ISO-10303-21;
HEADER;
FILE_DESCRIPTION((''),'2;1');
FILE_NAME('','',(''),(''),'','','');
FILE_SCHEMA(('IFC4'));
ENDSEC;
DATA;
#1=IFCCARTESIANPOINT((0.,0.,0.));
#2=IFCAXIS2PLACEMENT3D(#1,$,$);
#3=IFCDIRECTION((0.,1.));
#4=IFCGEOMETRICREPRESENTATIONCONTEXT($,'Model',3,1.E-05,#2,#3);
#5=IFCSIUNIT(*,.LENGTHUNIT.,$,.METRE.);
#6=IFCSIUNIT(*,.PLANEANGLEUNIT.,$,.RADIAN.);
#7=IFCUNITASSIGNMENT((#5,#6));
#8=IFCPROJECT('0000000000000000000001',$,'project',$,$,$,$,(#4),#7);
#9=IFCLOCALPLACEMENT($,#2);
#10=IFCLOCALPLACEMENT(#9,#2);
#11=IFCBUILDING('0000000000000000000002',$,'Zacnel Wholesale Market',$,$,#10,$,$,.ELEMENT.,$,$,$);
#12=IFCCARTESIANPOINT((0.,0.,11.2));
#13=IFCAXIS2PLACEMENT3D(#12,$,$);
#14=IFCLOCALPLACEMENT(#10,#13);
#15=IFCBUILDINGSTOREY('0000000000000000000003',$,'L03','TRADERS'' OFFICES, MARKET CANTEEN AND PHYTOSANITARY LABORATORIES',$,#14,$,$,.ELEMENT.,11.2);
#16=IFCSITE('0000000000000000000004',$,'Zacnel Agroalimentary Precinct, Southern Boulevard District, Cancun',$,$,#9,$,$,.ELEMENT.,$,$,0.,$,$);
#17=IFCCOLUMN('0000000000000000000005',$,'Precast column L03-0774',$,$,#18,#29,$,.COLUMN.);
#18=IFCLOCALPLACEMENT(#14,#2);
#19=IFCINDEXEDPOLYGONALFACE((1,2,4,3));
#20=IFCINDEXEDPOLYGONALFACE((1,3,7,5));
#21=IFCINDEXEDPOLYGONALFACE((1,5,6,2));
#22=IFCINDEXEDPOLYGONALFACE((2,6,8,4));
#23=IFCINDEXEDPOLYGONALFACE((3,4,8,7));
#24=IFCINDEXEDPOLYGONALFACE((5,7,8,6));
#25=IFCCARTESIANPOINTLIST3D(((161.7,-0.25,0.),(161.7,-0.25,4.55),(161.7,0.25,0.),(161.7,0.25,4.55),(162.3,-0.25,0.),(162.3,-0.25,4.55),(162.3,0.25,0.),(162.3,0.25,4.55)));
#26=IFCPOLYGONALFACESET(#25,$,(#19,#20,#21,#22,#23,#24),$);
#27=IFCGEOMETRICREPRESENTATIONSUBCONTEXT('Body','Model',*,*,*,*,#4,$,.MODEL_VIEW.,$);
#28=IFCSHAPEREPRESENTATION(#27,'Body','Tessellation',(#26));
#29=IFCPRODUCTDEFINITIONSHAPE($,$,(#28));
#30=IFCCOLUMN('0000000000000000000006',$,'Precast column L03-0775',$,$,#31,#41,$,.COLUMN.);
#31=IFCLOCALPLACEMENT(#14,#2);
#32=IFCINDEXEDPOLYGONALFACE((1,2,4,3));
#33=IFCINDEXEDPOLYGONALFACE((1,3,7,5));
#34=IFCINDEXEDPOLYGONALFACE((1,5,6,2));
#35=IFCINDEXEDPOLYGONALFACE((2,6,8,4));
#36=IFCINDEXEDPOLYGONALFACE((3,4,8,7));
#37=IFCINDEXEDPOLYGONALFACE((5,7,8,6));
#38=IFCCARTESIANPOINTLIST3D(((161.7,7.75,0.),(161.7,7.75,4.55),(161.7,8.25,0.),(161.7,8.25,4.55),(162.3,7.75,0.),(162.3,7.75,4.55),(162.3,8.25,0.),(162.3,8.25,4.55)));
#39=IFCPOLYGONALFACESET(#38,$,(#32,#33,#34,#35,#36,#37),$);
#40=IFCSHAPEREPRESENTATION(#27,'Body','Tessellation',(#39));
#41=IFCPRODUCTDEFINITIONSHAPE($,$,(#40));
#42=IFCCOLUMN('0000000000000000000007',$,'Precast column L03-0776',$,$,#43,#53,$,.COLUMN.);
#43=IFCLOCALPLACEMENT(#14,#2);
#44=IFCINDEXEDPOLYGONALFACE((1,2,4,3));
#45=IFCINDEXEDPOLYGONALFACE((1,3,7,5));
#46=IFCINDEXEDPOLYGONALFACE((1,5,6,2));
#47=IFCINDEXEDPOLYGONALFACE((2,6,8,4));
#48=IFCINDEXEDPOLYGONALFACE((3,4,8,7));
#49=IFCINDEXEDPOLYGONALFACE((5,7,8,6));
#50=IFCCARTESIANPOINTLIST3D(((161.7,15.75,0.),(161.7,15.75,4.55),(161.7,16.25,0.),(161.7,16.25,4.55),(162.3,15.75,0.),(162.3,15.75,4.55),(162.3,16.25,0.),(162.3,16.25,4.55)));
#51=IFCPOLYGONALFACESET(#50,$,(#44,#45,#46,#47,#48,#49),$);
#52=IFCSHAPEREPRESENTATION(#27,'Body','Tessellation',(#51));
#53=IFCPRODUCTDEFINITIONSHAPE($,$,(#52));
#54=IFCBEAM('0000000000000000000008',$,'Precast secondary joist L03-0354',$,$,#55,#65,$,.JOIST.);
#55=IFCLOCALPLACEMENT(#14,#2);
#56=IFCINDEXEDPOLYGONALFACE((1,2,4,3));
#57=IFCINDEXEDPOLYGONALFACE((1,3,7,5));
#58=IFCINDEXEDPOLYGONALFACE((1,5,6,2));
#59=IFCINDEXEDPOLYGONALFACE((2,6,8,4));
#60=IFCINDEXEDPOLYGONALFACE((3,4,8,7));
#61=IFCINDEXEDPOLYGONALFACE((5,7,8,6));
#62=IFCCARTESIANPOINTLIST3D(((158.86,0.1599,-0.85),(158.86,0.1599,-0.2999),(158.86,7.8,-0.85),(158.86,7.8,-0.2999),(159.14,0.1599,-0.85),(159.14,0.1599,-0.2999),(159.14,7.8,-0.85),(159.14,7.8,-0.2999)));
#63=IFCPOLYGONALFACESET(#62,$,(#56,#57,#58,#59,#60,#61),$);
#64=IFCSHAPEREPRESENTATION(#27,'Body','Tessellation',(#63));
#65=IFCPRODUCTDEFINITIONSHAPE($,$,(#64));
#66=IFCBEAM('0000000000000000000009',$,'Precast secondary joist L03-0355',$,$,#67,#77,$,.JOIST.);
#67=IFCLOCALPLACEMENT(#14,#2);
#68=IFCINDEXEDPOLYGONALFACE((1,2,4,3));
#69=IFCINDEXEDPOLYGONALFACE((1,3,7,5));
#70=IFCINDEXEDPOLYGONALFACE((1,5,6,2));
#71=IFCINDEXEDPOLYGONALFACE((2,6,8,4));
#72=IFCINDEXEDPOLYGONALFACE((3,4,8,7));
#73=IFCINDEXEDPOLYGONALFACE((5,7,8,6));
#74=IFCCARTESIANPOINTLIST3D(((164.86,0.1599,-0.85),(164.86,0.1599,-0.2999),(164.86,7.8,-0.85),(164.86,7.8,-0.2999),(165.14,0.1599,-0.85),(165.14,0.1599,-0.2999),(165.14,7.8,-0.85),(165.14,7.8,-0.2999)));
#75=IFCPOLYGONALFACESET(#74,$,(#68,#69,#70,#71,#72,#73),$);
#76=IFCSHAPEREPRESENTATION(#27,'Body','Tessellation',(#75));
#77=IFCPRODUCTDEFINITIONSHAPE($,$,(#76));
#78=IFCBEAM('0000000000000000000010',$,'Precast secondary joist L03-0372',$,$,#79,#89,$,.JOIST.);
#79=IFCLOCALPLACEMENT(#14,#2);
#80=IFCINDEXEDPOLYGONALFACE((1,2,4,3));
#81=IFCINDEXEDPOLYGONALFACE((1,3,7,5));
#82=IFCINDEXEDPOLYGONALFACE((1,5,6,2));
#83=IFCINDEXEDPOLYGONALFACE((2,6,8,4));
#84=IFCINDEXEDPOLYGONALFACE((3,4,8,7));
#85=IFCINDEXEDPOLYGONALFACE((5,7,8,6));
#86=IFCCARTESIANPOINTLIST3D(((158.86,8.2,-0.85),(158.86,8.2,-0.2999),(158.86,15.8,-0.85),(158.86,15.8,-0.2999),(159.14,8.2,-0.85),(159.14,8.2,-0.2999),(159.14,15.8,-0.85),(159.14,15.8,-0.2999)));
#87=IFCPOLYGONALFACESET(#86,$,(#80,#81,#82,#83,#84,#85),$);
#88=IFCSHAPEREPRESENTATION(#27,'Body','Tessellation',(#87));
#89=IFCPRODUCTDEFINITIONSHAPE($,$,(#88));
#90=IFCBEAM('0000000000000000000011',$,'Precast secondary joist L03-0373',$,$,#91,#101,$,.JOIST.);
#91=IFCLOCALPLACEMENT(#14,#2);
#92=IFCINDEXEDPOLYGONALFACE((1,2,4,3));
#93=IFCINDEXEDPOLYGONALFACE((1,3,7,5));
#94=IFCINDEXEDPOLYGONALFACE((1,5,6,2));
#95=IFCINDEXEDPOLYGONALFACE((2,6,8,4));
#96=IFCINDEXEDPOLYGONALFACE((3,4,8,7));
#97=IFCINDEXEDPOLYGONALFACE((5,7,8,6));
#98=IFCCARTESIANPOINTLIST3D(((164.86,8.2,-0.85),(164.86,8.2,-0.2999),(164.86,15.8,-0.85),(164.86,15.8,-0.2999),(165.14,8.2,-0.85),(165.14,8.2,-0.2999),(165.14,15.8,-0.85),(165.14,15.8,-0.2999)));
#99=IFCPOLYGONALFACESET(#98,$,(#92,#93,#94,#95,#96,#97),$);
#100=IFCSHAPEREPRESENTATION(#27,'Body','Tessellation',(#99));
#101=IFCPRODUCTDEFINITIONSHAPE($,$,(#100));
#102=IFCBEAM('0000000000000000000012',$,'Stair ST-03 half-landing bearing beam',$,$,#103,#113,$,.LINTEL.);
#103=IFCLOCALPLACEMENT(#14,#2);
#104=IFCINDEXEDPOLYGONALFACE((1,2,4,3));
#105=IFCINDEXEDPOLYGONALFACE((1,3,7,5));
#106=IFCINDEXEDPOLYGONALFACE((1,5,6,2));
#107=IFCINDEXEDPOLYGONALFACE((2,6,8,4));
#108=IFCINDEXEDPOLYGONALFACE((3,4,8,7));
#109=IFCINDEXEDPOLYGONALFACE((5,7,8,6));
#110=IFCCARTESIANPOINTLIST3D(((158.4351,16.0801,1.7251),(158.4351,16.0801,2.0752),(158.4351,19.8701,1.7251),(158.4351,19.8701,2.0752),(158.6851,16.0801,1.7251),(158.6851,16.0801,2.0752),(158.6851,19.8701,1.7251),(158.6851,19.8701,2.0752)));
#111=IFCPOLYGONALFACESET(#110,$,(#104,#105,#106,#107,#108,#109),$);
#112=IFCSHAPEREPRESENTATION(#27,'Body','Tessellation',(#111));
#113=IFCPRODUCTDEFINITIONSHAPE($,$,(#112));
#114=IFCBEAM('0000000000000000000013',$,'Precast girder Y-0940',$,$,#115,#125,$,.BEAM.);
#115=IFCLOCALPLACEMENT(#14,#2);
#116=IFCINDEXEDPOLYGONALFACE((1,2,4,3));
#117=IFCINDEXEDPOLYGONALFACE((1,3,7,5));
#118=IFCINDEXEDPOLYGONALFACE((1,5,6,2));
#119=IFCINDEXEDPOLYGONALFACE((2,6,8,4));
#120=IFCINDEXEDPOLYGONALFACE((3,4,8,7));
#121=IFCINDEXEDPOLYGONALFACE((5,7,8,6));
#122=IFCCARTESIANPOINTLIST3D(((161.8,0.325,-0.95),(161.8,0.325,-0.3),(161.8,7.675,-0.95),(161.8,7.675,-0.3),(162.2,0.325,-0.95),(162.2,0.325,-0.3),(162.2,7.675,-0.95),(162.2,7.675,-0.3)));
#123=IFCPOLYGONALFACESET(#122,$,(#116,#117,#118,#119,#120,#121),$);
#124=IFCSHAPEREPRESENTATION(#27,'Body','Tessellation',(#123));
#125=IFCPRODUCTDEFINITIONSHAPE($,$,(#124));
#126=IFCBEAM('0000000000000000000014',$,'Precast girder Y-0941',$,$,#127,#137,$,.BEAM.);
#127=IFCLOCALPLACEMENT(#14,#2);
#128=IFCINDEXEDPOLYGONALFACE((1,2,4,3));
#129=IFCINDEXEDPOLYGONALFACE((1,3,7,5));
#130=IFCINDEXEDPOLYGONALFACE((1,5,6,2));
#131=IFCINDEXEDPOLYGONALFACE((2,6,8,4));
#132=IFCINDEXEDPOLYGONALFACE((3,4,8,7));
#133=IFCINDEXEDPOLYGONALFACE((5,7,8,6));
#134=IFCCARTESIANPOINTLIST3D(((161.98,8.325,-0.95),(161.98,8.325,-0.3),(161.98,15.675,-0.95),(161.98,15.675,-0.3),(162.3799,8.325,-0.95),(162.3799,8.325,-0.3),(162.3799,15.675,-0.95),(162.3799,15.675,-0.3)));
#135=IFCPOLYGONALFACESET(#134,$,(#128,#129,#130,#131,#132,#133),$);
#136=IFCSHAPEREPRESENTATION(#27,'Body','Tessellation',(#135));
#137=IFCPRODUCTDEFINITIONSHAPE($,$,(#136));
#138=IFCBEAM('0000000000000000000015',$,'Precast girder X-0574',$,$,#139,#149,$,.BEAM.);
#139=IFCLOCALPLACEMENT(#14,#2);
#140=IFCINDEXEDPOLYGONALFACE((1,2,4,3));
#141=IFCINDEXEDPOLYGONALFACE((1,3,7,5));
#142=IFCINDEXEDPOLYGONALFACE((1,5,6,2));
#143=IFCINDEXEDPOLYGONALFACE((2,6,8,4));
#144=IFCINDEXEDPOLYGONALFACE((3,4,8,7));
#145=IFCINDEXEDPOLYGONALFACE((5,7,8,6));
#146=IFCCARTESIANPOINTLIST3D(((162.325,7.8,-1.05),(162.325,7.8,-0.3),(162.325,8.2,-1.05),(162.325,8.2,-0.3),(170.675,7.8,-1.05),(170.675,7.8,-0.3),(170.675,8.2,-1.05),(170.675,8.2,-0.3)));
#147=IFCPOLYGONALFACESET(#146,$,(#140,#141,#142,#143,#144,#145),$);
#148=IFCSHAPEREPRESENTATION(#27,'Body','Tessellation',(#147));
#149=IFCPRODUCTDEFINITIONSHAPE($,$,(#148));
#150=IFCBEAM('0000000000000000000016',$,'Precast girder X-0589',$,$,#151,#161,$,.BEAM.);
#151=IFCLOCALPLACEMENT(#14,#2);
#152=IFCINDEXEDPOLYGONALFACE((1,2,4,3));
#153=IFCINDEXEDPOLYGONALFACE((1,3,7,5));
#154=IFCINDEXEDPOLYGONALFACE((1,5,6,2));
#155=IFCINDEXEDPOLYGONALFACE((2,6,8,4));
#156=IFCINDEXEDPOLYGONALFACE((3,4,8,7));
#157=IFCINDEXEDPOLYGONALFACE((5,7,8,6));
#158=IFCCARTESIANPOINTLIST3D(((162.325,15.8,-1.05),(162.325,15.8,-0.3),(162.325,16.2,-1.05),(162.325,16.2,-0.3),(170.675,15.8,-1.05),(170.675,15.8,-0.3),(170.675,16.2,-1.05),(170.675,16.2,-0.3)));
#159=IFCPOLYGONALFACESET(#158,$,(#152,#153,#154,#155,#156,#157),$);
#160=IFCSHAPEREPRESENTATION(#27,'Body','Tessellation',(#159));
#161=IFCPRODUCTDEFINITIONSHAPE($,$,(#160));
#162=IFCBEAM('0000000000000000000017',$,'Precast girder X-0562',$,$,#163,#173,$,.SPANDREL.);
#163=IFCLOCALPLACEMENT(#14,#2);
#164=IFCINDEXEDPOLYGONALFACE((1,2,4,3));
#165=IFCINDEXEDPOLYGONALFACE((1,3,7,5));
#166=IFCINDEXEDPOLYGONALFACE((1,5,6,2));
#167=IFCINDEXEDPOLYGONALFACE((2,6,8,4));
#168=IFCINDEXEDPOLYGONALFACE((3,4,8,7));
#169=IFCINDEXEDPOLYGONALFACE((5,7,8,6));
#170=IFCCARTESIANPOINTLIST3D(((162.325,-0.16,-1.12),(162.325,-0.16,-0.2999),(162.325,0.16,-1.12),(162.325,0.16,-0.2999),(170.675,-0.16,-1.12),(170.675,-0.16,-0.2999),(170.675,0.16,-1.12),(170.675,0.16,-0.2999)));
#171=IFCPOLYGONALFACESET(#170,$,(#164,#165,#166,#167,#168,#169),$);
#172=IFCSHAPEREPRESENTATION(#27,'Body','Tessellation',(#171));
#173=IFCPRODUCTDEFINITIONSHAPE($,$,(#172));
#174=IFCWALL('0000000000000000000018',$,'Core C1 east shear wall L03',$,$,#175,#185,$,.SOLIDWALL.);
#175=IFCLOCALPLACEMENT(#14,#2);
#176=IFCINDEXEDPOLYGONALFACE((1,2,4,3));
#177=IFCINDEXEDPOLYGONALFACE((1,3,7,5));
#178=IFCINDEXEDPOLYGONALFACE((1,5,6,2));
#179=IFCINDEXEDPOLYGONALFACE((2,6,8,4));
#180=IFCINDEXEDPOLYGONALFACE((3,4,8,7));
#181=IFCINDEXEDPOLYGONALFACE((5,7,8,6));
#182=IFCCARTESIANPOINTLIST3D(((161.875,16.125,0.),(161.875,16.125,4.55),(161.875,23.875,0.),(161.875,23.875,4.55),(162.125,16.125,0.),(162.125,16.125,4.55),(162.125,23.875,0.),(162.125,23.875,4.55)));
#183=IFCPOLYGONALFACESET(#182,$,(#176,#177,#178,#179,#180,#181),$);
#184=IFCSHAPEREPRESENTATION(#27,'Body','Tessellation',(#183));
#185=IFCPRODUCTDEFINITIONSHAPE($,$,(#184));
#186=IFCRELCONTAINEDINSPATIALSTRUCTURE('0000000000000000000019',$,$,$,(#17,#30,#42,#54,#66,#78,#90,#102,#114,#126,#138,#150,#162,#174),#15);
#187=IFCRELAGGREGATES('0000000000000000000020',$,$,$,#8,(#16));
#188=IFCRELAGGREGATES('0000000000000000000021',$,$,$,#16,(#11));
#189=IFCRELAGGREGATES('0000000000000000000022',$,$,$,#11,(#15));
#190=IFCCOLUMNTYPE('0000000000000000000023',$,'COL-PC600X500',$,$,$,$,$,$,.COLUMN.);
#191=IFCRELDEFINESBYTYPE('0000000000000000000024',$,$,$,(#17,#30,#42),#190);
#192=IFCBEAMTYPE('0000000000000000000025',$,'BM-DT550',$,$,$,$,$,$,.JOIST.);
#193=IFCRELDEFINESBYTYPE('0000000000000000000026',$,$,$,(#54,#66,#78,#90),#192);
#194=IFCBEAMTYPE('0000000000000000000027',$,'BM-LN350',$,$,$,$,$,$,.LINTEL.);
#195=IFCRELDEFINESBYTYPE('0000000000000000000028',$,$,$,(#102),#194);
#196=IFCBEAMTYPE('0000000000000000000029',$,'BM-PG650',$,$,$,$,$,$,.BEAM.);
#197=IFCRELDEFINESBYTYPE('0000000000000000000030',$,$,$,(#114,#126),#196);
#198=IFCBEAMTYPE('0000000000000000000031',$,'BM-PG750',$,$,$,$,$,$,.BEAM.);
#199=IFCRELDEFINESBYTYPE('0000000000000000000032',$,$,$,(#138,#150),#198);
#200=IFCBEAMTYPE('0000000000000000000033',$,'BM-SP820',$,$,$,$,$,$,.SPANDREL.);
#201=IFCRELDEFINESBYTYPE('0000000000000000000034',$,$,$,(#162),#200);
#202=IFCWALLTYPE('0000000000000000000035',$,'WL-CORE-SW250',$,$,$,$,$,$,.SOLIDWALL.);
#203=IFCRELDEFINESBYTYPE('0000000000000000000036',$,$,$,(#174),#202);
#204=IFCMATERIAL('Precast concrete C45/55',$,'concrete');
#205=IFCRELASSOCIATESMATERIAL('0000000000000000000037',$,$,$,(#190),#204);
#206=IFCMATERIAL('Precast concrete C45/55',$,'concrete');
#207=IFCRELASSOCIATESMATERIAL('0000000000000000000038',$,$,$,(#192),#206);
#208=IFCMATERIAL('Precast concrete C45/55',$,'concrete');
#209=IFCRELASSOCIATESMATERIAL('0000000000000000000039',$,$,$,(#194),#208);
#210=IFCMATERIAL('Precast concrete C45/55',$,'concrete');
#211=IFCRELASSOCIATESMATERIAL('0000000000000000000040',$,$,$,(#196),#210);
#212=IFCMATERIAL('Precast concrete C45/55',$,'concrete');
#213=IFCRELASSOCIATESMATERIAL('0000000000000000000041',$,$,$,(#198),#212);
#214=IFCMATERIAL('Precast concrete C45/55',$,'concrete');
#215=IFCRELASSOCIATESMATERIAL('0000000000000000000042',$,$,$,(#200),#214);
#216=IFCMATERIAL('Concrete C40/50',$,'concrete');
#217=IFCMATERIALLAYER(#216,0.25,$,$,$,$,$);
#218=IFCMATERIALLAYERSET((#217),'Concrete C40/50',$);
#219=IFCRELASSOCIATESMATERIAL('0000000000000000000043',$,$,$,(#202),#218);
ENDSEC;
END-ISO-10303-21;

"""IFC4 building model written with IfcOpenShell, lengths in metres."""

from ifc_helpers import new_model, si_unit, direction, frame, frame_2d, origin, origin_2d, place, context, subcontext, project, spatial, rectangle, extrude, material, layer, layer_set, material_profile, profile_set, type_object, element, save


model = new_model("IFC4")

# Units and contexts
model_context = context("Model", 3, precision=1e-05, world=origin(), true_north=direction((0.0, 1.0)))
body_context = subcontext(model_context, "Body", "Model", "MODEL_VIEW")
ifc_project = project(units=[si_unit("LENGTHUNIT", "METRE"), si_unit("PLANEANGLEUNIT", "RADIAN")], contexts=[model_context])

# Site, building, storey
site_placement = place(None, origin())
site = spatial("IfcSite", under=ifc_project, at=site_placement, Name="Zacnel Agroalimentary Precinct, Southern Boulevard District, Cancun", CompositionType="ELEMENT", RefElevation=0.0)
building_placement = place(site_placement, origin())
building = spatial("IfcBuilding", under=site, at=building_placement, Name="Zacnel Wholesale Market", CompositionType="ELEMENT")
storey_placement = place(building_placement, frame((0.0, 0.0, 11.2)))
storey = spatial("IfcBuildingStorey", under=building, at=storey_placement, Name="L03", Description="TRADERS' OFFICES, MARKET CANTEEN AND PHYTOSANITARY LABORATORIES", CompositionType="ELEMENT", Elevation=11.2)

# Columns
ifc_material_1 = material(Name="Precast concrete C45/55", Category="concrete")
ifc_material_profile_1 = material_profile(ifc_material_1, rectangle(XDim=0.6001, YDim=0.5, at=origin_2d()), Name="PC 600x500")
ifc_profile_set_1 = profile_set([ifc_material_profile_1], Name="Precast concrete C45/55")
column_type = type_object("IfcColumnType", Name="COL-PC600X500", PredefinedType="COLUMN", material=ifc_profile_set_1)
for number, where, z_axis, x_axis, name in (
    (1, (162.0, 0.0, 0.0), (0.0, 0.0, 1.0), (1.0, 0.0, 0.0), "Precast column L03-0774"),
    (2, (162.0, 8.0, 0.0), (0.0, 0.0, 1.0), (1.0, 0.0, 0.0), "Precast column L03-0775"),
    (3, (162.0, 16.0, 0.0), (0.0, 0.0, 1.0), (1.0, 0.0, 0.0), "Precast column L03-0776"),
):
    element("IfcColumn", number, at=place(storey_placement, frame(where, z_axis=z_axis, x_axis=x_axis)), inside=storey, type_object=column_type, Name=name, PredefinedType="COLUMN", context=body_context, shape_type="SweptSolid", body=[
        extrude(rectangle(XDim=0.6001, YDim=0.5, at=origin_2d()), origin(), (0.0, 0.0, 1.0), 4.55),
    ])

# Beams
ifc_material_2 = material(Name="Precast concrete C45/55", Category="concrete")
ifc_material_profile_2 = material_profile(ifc_material_2, rectangle(XDim=0.28, YDim=0.55, at=origin_2d()), Name="DT RIB 280x550")
ifc_profile_set_2 = profile_set([ifc_material_profile_2], Name="Precast concrete C45/55")
beam_type_1 = type_object("IfcBeamType", Name="BM-DT550", PredefinedType="JOIST", material=ifc_profile_set_2)
for number, where, z_axis, x_axis, name in (
    (4, (159.0, 0.1599, -0.575), (0.0, 1.0, 0.0), (-1.0, 0.0, 0.0), "Precast secondary joist L03-0354"),
    (5, (165.0, 0.1599, -0.575), (0.0, 1.0, 0.0), (-1.0, 0.0, 0.0), "Precast secondary joist L03-0355"),
):
    element("IfcBeam", number, at=place(storey_placement, frame(where, z_axis=z_axis, x_axis=x_axis)), inside=storey, type_object=beam_type_1, Name=name, PredefinedType="JOIST", context=body_context, shape_type="SweptSolid", body=[
        extrude(rectangle(XDim=0.28, YDim=0.55, at=origin_2d()), origin(), (0.0, 0.0, 1.0), 7.6401),
    ])
for number, where, z_axis, x_axis, name in (
    (6, (159.0, 8.2, -0.575), (0.0, 1.0, 0.0), (-1.0, 0.0, 0.0), "Precast secondary joist L03-0372"),
    (7, (165.0, 8.2, -0.575), (0.0, 1.0, 0.0), (-1.0, 0.0, 0.0), "Precast secondary joist L03-0373"),
):
    element("IfcBeam", number, at=place(storey_placement, frame(where, z_axis=z_axis, x_axis=x_axis)), inside=storey, type_object=beam_type_1, Name=name, PredefinedType="JOIST", context=body_context, shape_type="SweptSolid", body=[
        extrude(rectangle(XDim=0.28, YDim=0.55, at=origin_2d()), origin(), (0.0, 0.0, 1.0), 7.6001),
    ])
ifc_material_3 = material(Name="Precast concrete C45/55", Category="concrete")
ifc_material_profile_3 = material_profile(ifc_material_3, rectangle(XDim=0.25, YDim=0.3501, at=origin_2d()), Name="LN 250x350")
ifc_profile_set_3 = profile_set([ifc_material_profile_3], Name="Precast concrete C45/55")
beam_type_2 = type_object("IfcBeamType", Name="BM-LN350", PredefinedType="LINTEL", material=ifc_profile_set_3)
beam_1_placement = place(storey_placement, frame((158.5601, 16.0801, 1.9001), z_axis=(0.0, 1.0, 0.0), x_axis=(-1.0, 0.0, 0.0)))
element("IfcBeam", 8, at=beam_1_placement, inside=storey, type_object=beam_type_2, Name="Stair ST-03 half-landing bearing beam", PredefinedType="LINTEL", context=body_context, shape_type="SweptSolid", body=[
    extrude(rectangle(XDim=0.25, YDim=0.3501, at=origin_2d()), origin(), (0.0, 0.0, 1.0), 3.79),
])
ifc_material_4 = material(Name="Precast concrete C45/55", Category="concrete")
ifc_material_profile_4 = material_profile(ifc_material_4, rectangle(XDim=0.3999, YDim=0.6499, at=origin_2d()), Name="PG 400x650")
ifc_profile_set_4 = profile_set([ifc_material_profile_4], Name="Precast concrete C45/55")
beam_type_3 = type_object("IfcBeamType", Name="BM-PG650", PredefinedType="BEAM", material=ifc_profile_set_4)
for number, where, z_axis, x_axis, name in (
    (9, (162.0, 0.325, -0.625), (0.0, 1.0, 0.0), (-1.0, 0.0, 0.0), "Precast girder Y-0940"),
    (10, (162.1799, 8.325, -0.625), (0.0, 1.0, 0.0), (-1.0, 0.0, 0.0), "Precast girder Y-0941"),
):
    element("IfcBeam", number, at=place(storey_placement, frame(where, z_axis=z_axis, x_axis=x_axis)), inside=storey, type_object=beam_type_3, Name=name, PredefinedType="BEAM", context=body_context, shape_type="SweptSolid", body=[
        extrude(rectangle(XDim=0.3999, YDim=0.6499, at=origin_2d()), origin(), (0.0, 0.0, 1.0), 7.3501),
    ])
ifc_material_5 = material(Name="Precast concrete C45/55", Category="concrete")
ifc_material_profile_5 = material_profile(ifc_material_5, rectangle(XDim=0.3999, YDim=0.75, at=origin_2d()), Name="PG 400x750")
ifc_profile_set_5 = profile_set([ifc_material_profile_5], Name="Precast concrete C45/55")
beam_type_4 = type_object("IfcBeamType", Name="BM-PG750", PredefinedType="BEAM", material=ifc_profile_set_5)
for number, where, z_axis, x_axis, name in (
    (11, (162.325, 8.0, -0.675), (1.0, 0.0, 0.0), (0.0, 1.0, 0.0), "Precast girder X-0574"),
    (12, (162.325, 16.0, -0.675), (1.0, 0.0, 0.0), (0.0, 1.0, 0.0), "Precast girder X-0589"),
):
    element("IfcBeam", number, at=place(storey_placement, frame(where, z_axis=z_axis, x_axis=x_axis)), inside=storey, type_object=beam_type_4, Name=name, PredefinedType="BEAM", context=body_context, shape_type="SweptSolid", body=[
        extrude(rectangle(XDim=0.3999, YDim=0.75, at=origin_2d()), origin(), (0.0, 0.0, 1.0), 8.3501),
    ])
ifc_material_6 = material(Name="Precast concrete C45/55", Category="concrete")
ifc_material_profile_6 = material_profile(ifc_material_6, rectangle(XDim=0.3201, YDim=0.8201, at=origin_2d()), Name="SP 320x820")
ifc_profile_set_6 = profile_set([ifc_material_profile_6], Name="Precast concrete C45/55")
beam_type_5 = type_object("IfcBeamType", Name="BM-SP820", PredefinedType="SPANDREL", material=ifc_profile_set_6)
beam_2_placement = place(storey_placement, frame((162.325, 0.0, -0.71), z_axis=(1.0, 0.0, 0.0), x_axis=(0.0, 1.0, 0.0)))
element("IfcBeam", 13, at=beam_2_placement, inside=storey, type_object=beam_type_5, Name="Precast girder X-0562", PredefinedType="SPANDREL", context=body_context, shape_type="SweptSolid", body=[
    extrude(rectangle(XDim=0.3201, YDim=0.8201, at=origin_2d()), origin(), (0.0, 0.0, 1.0), 8.3501),
])

# Wall
ifc_material_7 = material(Name="Concrete C40/50", Category="concrete")
ifc_layer_1 = layer(ifc_material_7, 0.25)
ifc_layer_set_1 = layer_set([ifc_layer_1], Name="Concrete C40/50")
wall_type_1 = type_object("IfcWallType", Name="WL-CORE-SW250", PredefinedType="SOLIDWALL", material=ifc_layer_set_1)
wall_1_placement = place(storey_placement, frame((162.0, 16.125, 0.0), z_axis=(0.0, 0.0, 1.0), x_axis=(0.0, 1.0, 0.0)))
element("IfcWall", 14, at=wall_1_placement, inside=storey, type_object=wall_type_1, Name="Core C1 east shear wall L03", PredefinedType="SOLIDWALL", context=body_context, shape_type="SweptSolid", body=[
    extrude(rectangle(XDim=7.75, YDim=0.25, at=frame_2d((3.875, 0.0))), origin(), (0.0, 0.0, 1.0), 4.55),
])

save(model, "model.ifc")
